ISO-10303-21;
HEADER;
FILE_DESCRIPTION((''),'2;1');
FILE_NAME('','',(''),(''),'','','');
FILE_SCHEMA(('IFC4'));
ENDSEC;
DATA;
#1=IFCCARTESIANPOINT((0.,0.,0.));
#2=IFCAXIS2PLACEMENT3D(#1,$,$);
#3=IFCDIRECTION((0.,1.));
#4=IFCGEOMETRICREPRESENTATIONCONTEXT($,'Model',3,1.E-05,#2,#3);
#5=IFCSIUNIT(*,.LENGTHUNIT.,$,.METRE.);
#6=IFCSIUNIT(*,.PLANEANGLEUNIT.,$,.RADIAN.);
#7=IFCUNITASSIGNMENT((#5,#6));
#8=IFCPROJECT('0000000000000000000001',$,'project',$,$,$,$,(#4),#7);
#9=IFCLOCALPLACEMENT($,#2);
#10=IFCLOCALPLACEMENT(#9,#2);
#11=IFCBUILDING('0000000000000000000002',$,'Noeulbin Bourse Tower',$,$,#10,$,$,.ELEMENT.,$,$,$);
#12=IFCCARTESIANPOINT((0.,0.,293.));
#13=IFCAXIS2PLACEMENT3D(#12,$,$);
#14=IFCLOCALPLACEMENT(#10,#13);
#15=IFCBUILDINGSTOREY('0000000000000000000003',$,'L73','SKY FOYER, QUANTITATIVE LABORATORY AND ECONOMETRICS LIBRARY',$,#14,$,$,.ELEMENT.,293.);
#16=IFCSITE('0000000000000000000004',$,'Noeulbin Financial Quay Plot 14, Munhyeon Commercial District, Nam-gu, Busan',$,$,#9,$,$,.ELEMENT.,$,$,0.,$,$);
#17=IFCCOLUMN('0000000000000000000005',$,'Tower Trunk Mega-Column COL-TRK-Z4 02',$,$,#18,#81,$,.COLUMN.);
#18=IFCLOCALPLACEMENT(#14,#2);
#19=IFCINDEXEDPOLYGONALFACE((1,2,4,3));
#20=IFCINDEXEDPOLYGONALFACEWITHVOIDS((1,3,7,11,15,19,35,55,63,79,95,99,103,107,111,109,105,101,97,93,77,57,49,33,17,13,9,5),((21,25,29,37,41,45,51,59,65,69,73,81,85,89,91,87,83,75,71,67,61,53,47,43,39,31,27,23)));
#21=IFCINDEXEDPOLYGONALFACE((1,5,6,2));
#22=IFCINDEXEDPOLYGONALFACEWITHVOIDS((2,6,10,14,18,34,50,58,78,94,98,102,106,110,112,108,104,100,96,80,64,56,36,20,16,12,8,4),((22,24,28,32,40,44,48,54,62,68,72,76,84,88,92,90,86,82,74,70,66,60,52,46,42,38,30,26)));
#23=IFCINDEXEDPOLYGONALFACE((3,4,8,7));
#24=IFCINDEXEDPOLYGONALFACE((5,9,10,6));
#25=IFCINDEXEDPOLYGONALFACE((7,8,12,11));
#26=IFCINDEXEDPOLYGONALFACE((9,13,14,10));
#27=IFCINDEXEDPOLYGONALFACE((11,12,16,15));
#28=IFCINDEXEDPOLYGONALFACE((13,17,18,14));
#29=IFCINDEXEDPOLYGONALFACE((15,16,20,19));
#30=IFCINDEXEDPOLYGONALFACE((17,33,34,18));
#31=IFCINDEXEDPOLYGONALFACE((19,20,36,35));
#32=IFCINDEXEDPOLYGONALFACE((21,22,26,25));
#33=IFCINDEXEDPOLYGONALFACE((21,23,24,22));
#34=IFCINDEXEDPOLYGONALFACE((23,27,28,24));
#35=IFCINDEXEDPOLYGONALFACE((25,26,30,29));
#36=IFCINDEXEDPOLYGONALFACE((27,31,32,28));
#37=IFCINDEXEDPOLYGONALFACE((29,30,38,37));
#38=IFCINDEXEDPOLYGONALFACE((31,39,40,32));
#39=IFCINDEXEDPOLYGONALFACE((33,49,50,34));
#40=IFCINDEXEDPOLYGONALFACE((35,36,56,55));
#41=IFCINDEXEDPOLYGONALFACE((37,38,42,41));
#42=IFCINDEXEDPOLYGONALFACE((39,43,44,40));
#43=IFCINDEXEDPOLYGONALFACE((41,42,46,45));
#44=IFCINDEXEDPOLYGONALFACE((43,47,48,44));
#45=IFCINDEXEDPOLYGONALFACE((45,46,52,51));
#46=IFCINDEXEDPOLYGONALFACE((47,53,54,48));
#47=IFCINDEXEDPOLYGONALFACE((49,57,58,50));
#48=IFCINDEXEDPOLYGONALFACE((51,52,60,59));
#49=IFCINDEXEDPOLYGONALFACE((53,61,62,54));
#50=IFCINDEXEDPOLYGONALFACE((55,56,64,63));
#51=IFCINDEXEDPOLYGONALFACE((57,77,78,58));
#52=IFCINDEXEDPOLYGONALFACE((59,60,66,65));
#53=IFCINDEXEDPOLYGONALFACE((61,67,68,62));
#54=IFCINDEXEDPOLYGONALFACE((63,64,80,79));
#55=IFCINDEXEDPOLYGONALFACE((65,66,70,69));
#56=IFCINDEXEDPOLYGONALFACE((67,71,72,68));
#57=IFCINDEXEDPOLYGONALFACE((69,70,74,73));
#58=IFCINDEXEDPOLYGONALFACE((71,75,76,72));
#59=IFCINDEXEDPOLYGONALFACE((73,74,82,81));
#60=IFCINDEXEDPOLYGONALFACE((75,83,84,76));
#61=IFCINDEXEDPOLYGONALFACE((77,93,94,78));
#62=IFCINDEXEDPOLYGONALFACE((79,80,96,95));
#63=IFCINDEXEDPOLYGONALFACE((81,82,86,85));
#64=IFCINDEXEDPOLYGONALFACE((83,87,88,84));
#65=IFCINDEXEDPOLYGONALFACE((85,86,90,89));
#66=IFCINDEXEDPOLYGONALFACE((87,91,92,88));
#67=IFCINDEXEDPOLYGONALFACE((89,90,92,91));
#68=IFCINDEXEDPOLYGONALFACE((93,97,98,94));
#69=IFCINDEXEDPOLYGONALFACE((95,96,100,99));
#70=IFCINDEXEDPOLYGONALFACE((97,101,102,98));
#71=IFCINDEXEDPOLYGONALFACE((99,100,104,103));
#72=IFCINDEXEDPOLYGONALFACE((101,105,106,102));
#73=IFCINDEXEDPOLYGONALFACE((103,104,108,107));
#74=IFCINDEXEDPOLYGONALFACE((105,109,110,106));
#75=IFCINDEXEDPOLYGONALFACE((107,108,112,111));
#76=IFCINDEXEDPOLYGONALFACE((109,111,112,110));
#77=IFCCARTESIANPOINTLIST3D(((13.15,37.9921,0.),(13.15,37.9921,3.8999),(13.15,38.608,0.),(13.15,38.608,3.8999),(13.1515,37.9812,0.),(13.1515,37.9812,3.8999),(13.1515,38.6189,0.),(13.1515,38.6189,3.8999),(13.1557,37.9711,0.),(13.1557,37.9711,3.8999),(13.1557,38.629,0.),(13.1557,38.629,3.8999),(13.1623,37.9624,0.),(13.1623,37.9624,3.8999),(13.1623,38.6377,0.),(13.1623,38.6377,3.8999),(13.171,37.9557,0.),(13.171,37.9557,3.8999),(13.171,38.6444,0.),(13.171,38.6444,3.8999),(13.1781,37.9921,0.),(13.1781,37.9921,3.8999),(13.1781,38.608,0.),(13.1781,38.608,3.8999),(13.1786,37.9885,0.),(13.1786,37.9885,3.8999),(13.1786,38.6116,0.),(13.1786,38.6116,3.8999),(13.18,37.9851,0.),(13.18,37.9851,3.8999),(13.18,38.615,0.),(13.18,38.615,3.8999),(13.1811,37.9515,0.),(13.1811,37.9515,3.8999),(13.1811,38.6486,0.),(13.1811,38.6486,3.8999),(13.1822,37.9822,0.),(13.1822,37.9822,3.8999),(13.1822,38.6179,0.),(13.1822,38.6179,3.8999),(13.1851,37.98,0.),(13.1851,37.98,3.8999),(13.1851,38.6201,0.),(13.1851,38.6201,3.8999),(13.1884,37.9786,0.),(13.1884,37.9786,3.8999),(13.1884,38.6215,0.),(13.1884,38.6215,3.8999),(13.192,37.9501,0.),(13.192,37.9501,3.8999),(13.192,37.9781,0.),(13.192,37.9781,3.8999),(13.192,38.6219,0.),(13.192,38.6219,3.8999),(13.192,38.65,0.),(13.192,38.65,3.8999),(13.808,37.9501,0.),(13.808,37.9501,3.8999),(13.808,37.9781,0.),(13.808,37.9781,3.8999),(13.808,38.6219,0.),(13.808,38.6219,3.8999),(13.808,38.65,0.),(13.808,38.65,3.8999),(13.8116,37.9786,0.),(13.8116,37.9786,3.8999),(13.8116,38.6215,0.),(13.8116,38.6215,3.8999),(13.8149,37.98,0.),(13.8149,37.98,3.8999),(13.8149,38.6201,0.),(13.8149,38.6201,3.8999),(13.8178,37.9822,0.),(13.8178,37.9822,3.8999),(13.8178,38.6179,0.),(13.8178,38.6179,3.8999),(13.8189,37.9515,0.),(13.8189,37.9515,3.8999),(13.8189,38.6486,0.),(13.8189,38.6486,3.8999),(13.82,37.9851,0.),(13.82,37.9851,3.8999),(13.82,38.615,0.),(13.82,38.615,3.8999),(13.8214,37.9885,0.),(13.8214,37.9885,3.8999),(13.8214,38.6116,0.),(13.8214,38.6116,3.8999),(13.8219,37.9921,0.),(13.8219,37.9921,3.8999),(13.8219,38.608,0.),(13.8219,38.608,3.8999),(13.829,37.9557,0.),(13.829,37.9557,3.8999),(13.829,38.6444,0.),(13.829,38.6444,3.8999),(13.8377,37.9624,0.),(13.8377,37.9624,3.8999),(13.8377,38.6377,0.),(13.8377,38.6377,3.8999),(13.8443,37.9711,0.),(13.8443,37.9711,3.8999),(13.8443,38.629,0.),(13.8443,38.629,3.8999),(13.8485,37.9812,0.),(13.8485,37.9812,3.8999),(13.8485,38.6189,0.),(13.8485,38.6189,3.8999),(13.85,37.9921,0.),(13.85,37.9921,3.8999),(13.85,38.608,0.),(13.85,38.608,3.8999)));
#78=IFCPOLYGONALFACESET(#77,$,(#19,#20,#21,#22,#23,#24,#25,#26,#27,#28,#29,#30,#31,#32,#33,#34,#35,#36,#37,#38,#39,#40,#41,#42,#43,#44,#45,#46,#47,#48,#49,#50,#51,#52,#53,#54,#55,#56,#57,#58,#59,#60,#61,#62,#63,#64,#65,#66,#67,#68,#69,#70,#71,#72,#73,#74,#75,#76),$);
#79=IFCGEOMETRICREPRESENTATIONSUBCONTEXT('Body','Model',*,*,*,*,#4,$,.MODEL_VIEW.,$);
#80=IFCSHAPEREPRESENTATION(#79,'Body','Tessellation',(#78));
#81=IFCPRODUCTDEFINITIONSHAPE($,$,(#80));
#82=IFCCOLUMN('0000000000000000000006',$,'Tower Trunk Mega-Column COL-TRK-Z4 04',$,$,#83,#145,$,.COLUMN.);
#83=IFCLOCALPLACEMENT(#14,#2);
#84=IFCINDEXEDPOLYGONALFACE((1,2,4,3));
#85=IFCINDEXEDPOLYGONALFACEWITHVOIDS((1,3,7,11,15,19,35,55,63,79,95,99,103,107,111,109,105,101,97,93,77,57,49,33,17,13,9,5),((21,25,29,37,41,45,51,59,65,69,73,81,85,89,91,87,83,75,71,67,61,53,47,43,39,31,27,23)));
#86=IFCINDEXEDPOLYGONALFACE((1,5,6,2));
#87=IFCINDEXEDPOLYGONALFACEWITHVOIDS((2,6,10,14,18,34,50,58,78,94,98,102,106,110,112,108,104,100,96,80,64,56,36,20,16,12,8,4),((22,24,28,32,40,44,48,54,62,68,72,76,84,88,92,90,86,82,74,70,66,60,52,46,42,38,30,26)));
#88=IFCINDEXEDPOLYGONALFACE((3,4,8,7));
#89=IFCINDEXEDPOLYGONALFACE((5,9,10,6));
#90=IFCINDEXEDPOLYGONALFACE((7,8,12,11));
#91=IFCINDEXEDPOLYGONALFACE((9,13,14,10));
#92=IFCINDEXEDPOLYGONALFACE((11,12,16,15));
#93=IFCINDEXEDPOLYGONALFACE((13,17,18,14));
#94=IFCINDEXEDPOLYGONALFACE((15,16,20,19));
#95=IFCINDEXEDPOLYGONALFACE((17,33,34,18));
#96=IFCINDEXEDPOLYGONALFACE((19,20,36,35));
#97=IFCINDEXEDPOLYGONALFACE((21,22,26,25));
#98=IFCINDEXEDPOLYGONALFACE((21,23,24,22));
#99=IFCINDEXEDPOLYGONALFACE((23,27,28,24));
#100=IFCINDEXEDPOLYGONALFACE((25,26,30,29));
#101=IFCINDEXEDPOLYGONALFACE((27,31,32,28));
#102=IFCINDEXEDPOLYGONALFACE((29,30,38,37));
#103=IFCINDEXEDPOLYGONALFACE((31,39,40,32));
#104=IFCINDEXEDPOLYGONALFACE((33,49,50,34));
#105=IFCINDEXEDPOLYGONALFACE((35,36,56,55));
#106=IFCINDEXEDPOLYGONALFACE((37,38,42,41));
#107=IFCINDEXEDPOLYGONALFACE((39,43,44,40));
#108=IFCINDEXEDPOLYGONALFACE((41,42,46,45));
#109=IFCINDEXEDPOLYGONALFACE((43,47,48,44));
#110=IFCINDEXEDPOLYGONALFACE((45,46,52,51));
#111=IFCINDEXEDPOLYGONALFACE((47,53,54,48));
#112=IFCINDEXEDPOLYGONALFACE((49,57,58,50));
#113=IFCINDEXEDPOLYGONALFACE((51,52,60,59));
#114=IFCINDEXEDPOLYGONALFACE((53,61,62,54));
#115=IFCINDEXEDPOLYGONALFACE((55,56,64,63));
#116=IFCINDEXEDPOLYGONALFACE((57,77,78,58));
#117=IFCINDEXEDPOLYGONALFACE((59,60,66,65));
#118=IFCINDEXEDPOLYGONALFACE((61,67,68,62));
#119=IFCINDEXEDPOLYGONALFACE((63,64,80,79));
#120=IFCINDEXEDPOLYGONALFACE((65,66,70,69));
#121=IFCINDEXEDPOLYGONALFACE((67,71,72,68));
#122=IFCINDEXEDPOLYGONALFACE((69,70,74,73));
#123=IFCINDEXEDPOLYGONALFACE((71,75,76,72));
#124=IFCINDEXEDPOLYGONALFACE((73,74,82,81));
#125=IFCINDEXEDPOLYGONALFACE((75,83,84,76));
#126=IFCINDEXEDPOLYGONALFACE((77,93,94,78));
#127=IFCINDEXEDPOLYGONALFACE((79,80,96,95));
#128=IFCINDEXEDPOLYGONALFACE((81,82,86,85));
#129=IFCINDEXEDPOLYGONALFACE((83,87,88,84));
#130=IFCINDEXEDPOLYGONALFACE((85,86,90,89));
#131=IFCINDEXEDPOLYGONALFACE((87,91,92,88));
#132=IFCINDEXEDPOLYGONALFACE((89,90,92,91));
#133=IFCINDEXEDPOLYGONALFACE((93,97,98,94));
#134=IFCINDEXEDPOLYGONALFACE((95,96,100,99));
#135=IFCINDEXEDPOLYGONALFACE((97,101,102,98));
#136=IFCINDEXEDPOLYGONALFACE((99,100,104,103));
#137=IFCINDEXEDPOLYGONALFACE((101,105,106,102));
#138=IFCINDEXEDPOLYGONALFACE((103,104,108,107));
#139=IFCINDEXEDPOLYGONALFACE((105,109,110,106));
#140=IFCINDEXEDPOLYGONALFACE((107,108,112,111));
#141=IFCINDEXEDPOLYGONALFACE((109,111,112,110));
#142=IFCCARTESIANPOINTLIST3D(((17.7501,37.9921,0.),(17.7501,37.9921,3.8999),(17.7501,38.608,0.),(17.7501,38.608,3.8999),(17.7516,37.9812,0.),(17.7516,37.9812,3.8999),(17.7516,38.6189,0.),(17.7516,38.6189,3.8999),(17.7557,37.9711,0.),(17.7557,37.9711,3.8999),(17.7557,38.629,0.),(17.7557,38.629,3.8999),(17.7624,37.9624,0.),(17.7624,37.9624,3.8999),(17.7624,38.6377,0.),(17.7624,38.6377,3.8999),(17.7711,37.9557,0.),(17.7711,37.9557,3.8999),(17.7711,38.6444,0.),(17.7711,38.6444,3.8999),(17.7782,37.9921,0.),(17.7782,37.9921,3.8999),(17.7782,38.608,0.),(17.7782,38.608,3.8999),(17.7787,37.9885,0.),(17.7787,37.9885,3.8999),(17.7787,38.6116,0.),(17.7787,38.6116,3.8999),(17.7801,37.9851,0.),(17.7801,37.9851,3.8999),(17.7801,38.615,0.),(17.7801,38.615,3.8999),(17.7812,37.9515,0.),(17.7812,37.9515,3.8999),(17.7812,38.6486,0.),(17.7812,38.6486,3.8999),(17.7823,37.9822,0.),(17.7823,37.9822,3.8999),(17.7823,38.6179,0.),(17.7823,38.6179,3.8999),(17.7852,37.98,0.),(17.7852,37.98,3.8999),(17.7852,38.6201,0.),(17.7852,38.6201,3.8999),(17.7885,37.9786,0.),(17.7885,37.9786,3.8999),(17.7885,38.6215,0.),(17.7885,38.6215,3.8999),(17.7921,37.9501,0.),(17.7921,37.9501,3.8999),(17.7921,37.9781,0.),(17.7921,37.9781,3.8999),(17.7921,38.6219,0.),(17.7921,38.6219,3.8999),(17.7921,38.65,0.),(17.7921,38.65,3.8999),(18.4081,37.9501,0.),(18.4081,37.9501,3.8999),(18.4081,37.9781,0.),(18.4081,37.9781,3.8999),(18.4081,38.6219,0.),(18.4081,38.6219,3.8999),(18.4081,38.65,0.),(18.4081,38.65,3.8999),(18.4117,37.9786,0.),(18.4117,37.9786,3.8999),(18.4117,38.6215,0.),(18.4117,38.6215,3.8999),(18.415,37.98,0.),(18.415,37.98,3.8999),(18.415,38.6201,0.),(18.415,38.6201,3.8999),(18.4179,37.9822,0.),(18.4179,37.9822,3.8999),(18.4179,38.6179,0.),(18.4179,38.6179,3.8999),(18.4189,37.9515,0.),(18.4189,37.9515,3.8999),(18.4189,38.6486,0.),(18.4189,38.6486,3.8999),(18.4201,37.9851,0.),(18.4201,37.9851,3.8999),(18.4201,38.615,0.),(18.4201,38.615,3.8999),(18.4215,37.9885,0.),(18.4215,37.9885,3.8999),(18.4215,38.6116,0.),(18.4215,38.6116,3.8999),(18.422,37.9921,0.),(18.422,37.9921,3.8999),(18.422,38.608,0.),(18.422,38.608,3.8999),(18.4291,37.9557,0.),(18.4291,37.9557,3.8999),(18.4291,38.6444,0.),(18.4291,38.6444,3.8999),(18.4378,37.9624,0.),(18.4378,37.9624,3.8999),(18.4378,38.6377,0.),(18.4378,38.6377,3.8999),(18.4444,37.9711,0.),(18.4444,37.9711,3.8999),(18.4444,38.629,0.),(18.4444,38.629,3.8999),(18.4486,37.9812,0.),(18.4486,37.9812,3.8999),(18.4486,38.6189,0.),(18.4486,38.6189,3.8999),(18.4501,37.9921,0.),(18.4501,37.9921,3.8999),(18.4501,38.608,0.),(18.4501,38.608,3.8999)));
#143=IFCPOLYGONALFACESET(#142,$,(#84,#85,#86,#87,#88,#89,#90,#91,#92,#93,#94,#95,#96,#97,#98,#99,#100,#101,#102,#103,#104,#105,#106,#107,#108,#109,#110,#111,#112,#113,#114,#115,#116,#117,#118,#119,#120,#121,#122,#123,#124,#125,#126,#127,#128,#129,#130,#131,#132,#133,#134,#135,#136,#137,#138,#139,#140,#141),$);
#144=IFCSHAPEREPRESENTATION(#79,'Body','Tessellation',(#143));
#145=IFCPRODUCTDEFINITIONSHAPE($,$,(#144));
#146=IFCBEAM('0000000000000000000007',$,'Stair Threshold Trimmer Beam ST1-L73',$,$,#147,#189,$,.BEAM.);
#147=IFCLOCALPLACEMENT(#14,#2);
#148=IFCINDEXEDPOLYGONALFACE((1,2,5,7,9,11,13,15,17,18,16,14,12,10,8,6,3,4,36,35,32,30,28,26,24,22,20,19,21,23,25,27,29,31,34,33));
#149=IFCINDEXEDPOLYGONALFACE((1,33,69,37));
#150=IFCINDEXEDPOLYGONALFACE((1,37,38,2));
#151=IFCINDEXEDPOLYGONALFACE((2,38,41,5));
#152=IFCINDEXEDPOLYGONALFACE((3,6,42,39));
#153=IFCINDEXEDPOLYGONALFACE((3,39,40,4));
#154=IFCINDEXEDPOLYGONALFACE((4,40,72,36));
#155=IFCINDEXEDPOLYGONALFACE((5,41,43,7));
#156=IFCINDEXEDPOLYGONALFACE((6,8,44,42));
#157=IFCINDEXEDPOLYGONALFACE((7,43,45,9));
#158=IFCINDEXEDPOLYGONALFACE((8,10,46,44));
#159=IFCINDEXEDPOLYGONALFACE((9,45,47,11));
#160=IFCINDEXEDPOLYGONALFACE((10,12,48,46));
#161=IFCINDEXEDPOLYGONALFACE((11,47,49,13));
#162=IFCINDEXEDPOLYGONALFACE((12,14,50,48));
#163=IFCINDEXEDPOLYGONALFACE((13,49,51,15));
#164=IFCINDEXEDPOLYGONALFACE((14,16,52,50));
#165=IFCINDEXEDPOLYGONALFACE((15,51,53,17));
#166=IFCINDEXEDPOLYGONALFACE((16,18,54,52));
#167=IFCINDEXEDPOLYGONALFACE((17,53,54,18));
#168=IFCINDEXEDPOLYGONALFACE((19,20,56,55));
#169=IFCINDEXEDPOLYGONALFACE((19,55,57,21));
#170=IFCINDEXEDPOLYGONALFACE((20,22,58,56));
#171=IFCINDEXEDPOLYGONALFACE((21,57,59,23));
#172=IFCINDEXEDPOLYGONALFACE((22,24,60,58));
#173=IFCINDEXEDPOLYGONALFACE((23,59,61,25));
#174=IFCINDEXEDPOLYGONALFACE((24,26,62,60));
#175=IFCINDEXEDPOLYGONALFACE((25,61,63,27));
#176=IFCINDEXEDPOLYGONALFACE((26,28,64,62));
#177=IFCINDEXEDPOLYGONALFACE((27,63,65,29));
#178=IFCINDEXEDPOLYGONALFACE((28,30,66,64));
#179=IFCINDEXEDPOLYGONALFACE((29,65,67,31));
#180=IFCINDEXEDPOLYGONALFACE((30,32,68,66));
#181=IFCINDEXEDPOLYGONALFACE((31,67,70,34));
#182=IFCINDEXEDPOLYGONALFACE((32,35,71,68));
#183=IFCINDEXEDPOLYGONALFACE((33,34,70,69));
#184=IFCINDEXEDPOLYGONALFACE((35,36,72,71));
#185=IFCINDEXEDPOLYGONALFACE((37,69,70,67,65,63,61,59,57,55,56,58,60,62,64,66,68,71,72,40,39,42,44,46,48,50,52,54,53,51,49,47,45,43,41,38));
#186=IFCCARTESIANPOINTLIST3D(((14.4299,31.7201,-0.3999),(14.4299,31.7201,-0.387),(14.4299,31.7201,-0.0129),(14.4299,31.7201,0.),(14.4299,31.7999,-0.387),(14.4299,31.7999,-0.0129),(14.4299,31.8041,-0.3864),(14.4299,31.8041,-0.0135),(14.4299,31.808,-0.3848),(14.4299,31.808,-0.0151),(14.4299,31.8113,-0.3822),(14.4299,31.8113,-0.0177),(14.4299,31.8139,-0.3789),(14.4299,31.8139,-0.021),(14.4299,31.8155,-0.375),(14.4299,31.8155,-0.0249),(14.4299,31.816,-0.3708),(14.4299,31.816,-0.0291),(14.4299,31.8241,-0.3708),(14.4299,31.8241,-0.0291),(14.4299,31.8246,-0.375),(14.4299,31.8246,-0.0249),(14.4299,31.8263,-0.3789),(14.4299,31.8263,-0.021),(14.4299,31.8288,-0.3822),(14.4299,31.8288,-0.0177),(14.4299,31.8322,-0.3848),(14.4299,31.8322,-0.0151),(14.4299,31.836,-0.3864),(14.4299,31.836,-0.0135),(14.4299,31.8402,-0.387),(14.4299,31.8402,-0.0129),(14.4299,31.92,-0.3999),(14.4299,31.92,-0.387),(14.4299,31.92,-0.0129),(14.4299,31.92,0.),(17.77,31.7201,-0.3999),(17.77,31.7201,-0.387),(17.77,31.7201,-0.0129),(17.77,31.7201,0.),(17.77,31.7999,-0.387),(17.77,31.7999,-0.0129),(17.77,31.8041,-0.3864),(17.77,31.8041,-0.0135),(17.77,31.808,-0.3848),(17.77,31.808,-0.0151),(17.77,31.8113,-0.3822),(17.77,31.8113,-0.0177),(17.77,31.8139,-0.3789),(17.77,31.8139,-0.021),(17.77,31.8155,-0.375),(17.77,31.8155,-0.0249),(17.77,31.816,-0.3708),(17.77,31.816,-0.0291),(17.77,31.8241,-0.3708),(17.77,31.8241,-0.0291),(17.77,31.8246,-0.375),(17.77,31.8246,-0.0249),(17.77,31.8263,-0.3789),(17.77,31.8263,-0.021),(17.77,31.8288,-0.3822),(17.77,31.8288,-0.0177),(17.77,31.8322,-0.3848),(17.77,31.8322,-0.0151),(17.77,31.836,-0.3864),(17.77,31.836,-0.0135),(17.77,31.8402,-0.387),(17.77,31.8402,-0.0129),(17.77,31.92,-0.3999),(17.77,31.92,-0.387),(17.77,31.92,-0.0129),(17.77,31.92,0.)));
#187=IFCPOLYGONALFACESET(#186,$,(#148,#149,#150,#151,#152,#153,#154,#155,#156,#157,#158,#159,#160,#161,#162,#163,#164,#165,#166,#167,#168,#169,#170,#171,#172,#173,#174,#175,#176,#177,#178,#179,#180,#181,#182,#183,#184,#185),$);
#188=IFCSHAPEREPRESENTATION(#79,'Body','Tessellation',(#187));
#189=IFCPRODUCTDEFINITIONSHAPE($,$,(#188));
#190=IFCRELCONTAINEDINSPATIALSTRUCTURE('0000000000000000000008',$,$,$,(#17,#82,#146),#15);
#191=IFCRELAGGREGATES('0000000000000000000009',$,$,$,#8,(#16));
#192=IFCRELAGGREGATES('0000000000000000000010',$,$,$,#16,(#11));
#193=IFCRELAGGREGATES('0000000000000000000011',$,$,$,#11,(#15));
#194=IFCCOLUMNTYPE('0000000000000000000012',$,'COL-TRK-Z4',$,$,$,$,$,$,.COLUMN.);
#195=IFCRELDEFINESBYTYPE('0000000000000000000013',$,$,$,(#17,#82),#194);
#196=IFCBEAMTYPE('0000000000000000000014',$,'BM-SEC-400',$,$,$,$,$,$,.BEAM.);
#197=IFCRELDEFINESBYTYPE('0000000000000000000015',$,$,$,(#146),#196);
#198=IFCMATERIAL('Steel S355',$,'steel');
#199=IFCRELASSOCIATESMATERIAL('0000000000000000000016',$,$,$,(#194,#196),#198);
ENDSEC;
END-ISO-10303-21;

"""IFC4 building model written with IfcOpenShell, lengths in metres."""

from ifc_helpers import new_model, si_unit, direction, frame, origin, origin_2d, place, context, subcontext, project, spatial, hollow_rectangle, i_section, extrude, material, material_profile, profile_set, type_object, element, save


model = new_model("IFC4")

# Units and contexts
model_context = context("Model", 3, precision=1e-05, world=origin(), true_north=direction((0.0, 1.0)))
body_context = subcontext(model_context, "Body", "Model", "MODEL_VIEW")
ifc_project = project(units=[si_unit("LENGTHUNIT", "METRE"), si_unit("PLANEANGLEUNIT", "RADIAN")], contexts=[model_context])

# Site, building, storey
site_placement = place(None, origin())
site = spatial("IfcSite", under=ifc_project, at=site_placement, Name="Noeulbin Financial Quay Plot 14, Munhyeon Commercial District, Nam-gu, Busan", CompositionType="ELEMENT", RefElevation=0.0)
building_placement = place(site_placement, origin())
building = spatial("IfcBuilding", under=site, at=building_placement, Name="Noeulbin Bourse Tower", CompositionType="ELEMENT")
storey_placement = place(building_placement, frame((0.0, 0.0, 293.0)))
storey = spatial("IfcBuildingStorey", under=building, at=storey_placement, Name="L73", Description="SKY FOYER, QUANTITATIVE LABORATORY AND ECONOMETRICS LIBRARY", CompositionType="ELEMENT", Elevation=293.0)

# Columns
ifc_material_1 = material(Name="Steel S355", Category="steel")
ifc_material_profile_1 = material_profile(ifc_material_1, hollow_rectangle(XDim=0.7, YDim=0.7, WallThickness=0.0281, InnerFilletRadius=0.0139, OuterFilletRadius=0.042, at=origin_2d()), Name="BOX-700x700x28", Category="LoadBearing")
ifc_profile_set_1 = profile_set([ifc_material_profile_1], Name="Steel S355")
column_type = type_object("IfcColumnType", Name="COL-TRK-Z4", PredefinedType="COLUMN", material=ifc_profile_set_1)
for number, where, z_axis, x_axis, name in (
    (1, (13.5, 38.3, 0.0), (0.0, 0.0, 1.0), (1.0, 0.0, 0.0), "Tower Trunk Mega-Column COL-TRK-Z4 02"),
    (2, (18.1001, 38.3, 0.0), (0.0, 0.0, 1.0), (1.0, 0.0, 0.0), "Tower Trunk Mega-Column COL-TRK-Z4 04"),
):
    element("IfcColumn", number, at=place(storey_placement, frame(where, z_axis=z_axis, x_axis=x_axis)), inside=storey, type_object=column_type, Name=name, PredefinedType="COLUMN", context=body_context, shape_type="SweptSolid", body=[
        extrude(hollow_rectangle(XDim=0.7, YDim=0.7, WallThickness=0.0281, InnerFilletRadius=0.0139, OuterFilletRadius=0.042, at=origin_2d()), origin(), (0.0, 0.0, 1.0), 3.8999),
    ])

# Beam
ifc_material_profile_2 = material_profile(ifc_material_1, i_section(OverallWidth=0.2, OverallDepth=0.3999, WebThickness=0.0081, FlangeThickness=0.0129, FilletRadius=0.0161, at=origin_2d()), Name="H-400x200x8x13", Category="LoadBearing")
ifc_profile_set_2 = profile_set([ifc_material_profile_2], Name="Steel S355")
beam_type = type_object("IfcBeamType", Name="BM-SEC-400", PredefinedType="BEAM", material=ifc_profile_set_2)
beam_placement = place(storey_placement, frame((14.4299, 31.8201, -0.2), z_axis=(1.0, 0.0, 0.0), x_axis=(0.0, 1.0, 0.0)))
element("IfcBeam", 3, at=beam_placement, inside=storey, type_object=beam_type, Name="Stair Threshold Trimmer Beam ST1-L73", PredefinedType="BEAM", context=body_context, shape_type="SweptSolid", body=[
    extrude(i_section(OverallWidth=0.2, OverallDepth=0.3999, WebThickness=0.0081, FlangeThickness=0.0129, FilletRadius=0.0161, at=origin_2d()), origin(), (0.0, 0.0, 1.0), 3.3401),
])

save(model, "model.ifc")
